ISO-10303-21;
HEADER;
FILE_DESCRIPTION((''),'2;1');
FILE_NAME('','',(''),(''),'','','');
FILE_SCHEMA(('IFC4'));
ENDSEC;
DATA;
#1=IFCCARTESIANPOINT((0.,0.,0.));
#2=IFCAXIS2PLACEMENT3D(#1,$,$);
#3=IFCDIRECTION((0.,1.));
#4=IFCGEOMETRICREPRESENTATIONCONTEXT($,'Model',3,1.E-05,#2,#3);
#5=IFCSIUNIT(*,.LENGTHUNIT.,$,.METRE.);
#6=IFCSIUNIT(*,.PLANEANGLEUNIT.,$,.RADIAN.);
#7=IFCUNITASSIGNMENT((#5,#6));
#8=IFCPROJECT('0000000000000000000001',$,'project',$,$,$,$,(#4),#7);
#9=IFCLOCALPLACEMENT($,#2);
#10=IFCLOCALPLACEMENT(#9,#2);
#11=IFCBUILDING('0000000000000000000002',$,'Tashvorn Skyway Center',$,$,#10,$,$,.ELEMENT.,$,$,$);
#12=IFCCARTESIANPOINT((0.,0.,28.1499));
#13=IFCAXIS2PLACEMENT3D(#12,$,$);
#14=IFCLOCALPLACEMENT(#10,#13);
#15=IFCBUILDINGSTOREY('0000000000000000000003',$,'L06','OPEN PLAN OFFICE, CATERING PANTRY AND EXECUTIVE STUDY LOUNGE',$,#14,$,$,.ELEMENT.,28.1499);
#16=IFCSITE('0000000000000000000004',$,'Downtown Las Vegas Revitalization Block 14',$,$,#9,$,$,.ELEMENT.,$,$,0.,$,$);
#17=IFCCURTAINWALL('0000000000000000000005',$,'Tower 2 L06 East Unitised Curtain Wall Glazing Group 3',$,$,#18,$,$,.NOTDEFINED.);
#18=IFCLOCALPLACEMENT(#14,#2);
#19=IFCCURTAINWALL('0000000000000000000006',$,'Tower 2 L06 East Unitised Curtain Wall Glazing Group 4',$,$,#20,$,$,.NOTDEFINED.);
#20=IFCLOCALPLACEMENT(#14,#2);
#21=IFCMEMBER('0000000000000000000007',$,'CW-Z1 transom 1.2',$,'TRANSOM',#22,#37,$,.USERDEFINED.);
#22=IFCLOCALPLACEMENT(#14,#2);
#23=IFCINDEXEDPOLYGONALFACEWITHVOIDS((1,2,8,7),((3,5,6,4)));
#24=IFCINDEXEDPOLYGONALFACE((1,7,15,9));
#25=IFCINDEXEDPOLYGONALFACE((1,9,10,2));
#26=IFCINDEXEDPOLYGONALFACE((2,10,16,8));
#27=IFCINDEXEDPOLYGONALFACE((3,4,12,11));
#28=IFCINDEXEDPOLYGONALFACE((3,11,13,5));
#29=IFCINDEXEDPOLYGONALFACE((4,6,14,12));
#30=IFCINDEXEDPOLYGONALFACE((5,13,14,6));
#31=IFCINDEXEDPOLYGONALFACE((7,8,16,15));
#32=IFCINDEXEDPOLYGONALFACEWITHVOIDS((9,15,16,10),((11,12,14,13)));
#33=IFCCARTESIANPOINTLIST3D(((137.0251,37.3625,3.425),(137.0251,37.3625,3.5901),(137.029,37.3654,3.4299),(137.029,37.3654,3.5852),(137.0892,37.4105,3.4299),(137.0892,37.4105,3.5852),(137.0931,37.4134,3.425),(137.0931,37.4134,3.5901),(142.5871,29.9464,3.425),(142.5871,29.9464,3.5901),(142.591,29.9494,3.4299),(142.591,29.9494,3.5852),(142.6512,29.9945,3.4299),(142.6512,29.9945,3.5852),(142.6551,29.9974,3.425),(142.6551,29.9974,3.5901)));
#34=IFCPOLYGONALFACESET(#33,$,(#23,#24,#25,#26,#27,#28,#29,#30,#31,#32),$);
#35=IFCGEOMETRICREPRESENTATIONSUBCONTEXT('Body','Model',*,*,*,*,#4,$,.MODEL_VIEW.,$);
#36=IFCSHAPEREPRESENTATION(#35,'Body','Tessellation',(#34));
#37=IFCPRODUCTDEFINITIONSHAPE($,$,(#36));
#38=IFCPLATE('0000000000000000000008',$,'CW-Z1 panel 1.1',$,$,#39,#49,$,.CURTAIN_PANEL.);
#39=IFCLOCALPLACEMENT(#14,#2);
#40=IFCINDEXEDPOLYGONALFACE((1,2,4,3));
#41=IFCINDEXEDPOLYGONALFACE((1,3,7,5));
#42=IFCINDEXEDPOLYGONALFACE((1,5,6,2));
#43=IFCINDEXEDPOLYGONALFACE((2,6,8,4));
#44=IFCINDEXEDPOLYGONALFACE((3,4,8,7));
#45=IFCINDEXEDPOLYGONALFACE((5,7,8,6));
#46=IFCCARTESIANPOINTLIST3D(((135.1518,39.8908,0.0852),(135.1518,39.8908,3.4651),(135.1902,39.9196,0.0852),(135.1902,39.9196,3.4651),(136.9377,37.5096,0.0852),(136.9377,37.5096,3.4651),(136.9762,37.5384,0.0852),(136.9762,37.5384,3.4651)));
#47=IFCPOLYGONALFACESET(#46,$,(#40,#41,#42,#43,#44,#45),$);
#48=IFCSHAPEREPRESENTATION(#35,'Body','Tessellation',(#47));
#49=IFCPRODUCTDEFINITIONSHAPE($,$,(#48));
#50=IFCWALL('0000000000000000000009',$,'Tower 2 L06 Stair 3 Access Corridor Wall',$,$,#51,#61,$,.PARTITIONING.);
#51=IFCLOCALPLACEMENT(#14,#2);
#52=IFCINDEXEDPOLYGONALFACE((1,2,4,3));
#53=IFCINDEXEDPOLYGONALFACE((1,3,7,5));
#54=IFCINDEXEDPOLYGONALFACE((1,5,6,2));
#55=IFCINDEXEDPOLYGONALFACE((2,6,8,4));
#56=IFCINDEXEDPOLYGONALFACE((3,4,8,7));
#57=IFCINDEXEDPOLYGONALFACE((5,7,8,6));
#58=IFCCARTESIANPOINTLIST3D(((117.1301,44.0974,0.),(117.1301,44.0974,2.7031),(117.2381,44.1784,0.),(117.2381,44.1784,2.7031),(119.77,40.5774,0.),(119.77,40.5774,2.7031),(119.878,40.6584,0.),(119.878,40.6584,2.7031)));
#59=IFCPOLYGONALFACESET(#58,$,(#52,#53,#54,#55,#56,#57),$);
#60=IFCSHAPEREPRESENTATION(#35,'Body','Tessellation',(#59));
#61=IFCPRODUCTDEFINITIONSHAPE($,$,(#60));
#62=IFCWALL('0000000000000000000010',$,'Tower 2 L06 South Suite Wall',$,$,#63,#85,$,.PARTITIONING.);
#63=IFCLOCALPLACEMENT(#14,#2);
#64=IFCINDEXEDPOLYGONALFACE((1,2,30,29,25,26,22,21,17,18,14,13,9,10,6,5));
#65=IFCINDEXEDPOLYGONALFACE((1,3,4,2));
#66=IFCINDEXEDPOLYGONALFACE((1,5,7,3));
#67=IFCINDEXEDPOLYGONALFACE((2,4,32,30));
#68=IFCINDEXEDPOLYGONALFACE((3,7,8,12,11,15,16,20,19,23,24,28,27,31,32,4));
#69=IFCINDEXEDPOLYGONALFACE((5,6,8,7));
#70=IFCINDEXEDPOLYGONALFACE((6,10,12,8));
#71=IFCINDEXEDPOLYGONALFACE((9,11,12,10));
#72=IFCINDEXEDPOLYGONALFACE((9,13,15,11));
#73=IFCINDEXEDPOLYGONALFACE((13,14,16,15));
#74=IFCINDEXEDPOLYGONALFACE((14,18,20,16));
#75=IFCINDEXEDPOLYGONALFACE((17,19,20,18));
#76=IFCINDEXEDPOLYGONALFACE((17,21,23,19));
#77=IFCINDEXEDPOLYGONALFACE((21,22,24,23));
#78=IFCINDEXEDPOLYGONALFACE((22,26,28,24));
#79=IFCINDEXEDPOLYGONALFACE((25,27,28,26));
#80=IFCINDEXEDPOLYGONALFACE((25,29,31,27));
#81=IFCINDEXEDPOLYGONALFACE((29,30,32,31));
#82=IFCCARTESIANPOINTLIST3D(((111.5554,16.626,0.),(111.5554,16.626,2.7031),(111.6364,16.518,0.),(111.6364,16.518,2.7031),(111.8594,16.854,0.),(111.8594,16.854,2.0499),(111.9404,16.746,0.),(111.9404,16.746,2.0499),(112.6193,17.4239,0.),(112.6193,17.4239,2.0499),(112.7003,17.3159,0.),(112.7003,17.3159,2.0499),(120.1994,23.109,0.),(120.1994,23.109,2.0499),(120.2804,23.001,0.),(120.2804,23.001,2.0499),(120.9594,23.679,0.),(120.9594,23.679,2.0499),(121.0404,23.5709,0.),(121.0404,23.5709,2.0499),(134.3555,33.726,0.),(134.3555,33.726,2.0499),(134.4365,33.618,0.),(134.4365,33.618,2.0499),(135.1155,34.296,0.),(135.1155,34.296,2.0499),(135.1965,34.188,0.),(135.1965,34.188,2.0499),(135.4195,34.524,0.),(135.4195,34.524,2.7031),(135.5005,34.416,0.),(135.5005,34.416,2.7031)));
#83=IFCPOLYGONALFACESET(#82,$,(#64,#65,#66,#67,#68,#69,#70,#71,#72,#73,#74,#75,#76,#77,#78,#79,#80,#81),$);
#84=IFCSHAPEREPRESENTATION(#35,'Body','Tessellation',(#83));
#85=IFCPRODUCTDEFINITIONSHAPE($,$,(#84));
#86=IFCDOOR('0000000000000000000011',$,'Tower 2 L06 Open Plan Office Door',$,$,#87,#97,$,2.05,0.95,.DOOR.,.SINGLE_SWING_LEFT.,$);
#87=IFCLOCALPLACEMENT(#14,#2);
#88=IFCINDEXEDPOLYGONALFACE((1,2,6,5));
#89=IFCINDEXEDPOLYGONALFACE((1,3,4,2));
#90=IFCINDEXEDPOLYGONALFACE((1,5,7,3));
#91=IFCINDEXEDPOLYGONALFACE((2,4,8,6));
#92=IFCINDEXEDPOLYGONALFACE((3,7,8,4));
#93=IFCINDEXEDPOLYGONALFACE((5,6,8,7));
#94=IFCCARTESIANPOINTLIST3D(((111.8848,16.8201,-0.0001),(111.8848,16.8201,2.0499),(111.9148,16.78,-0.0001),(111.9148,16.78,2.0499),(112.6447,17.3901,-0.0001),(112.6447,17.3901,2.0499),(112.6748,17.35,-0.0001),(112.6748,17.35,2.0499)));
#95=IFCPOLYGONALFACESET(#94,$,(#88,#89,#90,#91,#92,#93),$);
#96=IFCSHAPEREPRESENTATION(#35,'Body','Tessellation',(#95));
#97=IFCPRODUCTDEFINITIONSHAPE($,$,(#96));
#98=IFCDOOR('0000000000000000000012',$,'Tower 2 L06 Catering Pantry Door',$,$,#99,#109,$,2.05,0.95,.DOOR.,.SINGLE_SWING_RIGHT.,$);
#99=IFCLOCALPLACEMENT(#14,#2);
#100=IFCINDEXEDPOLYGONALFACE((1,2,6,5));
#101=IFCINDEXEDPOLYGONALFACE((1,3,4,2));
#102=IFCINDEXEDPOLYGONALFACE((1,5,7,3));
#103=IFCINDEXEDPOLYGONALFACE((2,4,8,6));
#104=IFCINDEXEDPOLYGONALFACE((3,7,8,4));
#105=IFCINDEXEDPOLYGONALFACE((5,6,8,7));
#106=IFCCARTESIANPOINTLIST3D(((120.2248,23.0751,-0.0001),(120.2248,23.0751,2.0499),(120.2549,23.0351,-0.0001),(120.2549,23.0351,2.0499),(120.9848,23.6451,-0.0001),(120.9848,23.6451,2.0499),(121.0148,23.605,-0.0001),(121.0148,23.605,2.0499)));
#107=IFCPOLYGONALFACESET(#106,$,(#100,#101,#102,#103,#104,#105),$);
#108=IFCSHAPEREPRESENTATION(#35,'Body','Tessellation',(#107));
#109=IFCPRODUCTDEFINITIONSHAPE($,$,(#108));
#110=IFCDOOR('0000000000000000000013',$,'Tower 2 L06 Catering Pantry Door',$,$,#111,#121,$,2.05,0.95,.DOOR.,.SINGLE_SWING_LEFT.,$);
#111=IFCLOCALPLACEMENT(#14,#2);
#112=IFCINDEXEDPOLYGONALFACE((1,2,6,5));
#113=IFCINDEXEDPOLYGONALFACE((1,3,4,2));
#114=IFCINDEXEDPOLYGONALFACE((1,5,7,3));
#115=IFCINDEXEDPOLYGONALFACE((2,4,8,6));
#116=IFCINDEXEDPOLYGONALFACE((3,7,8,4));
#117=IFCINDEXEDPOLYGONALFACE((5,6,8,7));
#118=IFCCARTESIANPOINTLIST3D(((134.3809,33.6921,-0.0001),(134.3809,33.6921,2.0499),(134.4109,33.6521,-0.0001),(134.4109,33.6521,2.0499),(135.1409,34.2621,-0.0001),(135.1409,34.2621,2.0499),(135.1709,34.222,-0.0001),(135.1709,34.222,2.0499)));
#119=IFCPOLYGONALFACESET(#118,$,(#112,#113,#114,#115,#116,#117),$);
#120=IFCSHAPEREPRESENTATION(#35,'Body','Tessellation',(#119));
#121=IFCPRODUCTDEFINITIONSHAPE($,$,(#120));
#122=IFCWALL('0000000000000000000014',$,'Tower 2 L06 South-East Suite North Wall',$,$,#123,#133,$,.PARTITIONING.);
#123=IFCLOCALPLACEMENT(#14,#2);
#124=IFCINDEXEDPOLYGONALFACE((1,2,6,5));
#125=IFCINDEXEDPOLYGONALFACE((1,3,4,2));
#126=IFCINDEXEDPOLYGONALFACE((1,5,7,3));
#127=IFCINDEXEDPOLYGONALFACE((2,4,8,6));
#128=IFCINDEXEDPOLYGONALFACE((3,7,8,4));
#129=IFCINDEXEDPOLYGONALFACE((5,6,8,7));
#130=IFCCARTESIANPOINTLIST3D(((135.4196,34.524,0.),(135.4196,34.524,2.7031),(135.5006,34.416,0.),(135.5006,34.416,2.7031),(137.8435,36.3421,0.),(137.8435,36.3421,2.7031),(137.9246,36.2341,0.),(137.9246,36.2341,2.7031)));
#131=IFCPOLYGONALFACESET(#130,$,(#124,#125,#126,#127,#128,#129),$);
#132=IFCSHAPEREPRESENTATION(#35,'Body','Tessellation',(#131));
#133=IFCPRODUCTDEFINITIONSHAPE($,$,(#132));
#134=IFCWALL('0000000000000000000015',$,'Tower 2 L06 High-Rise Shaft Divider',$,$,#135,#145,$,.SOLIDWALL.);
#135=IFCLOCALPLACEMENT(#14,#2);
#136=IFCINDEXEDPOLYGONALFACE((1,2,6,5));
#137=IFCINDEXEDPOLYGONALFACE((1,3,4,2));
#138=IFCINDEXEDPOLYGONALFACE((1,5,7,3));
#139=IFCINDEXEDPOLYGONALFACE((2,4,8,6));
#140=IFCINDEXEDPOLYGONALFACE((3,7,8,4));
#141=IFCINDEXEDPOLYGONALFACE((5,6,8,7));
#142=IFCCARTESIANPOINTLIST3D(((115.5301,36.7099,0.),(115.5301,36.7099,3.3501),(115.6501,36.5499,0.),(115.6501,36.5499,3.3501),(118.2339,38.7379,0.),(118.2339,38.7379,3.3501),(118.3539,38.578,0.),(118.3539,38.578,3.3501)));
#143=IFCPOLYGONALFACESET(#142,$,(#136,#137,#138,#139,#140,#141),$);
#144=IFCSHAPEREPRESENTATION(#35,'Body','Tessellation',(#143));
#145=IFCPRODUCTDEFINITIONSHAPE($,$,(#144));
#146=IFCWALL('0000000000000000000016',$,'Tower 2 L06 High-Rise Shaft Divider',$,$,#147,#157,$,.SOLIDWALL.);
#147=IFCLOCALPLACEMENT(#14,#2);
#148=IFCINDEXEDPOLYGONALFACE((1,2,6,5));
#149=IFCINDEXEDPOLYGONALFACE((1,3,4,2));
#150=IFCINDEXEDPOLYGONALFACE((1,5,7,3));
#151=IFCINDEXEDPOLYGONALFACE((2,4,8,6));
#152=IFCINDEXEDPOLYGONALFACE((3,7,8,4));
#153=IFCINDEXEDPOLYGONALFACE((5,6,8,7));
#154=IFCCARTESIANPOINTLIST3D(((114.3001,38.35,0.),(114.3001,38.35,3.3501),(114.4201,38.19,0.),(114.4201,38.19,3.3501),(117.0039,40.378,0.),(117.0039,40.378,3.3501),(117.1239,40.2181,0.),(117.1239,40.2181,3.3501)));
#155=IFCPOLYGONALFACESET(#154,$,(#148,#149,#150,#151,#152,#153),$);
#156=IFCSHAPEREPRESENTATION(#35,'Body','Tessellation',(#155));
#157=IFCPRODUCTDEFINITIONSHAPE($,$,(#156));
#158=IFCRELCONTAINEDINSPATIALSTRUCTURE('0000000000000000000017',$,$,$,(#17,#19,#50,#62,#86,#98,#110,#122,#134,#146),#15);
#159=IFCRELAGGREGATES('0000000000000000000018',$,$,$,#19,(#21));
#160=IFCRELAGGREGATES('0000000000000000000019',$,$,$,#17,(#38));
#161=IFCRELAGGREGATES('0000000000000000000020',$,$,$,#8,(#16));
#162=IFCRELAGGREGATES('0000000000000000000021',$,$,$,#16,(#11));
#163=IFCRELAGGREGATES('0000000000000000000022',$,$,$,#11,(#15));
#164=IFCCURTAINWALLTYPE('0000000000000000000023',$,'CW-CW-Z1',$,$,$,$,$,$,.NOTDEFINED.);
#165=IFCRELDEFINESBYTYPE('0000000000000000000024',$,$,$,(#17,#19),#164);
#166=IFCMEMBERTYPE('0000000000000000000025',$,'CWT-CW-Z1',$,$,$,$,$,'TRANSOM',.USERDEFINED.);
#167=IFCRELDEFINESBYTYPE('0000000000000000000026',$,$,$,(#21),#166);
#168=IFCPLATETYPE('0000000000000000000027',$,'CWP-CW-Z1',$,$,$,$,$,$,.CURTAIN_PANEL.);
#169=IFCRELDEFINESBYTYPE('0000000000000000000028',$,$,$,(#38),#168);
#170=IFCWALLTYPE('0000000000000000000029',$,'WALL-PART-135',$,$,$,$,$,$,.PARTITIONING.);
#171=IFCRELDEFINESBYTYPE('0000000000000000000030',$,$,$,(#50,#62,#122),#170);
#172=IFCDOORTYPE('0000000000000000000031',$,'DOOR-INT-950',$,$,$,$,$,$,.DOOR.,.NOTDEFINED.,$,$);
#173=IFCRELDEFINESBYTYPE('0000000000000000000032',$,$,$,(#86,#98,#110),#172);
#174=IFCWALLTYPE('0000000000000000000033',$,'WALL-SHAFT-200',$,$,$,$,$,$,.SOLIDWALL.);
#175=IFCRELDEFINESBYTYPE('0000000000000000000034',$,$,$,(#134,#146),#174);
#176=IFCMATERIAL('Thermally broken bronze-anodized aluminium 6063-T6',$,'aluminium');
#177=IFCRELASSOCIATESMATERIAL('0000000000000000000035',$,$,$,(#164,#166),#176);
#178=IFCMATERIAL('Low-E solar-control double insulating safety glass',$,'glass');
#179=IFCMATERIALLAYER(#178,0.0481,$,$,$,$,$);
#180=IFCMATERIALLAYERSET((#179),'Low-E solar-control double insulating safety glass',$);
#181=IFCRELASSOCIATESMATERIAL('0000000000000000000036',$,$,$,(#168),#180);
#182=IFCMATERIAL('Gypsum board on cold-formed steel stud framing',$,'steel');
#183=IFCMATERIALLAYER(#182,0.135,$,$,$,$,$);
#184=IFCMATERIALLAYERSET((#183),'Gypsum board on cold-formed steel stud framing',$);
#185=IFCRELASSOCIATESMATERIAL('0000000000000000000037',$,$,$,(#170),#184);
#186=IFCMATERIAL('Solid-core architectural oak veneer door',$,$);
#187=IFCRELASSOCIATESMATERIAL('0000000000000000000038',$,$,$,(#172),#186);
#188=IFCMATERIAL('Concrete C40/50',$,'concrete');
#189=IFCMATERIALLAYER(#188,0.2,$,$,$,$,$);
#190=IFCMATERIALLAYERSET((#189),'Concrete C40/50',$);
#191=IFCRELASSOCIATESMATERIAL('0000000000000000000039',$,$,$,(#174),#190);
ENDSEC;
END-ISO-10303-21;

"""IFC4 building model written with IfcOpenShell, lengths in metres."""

from ifc_helpers import new_model, si_unit, direction, frame, frame_2d, origin, origin_2d, place, context, subcontext, project, spatial, rectangle, hollow_rectangle, extrude, material, layer, layer_set, material_profile, profile_set, type_object, element, fill, aggregate, save


model = new_model("IFC4")

# Units and contexts
model_context = context("Model", 3, precision=1e-05, world=origin(), true_north=direction((0.0, 1.0)))
body_context = subcontext(model_context, "Body", "Model", "MODEL_VIEW")
ifc_project = project(units=[si_unit("LENGTHUNIT", "METRE"), si_unit("PLANEANGLEUNIT", "RADIAN")], contexts=[model_context])

# Site, building, storey
site_placement = place(None, origin())
site = spatial("IfcSite", under=ifc_project, at=site_placement, Name="Downtown Las Vegas Revitalization Block 14", CompositionType="ELEMENT", RefElevation=0.0)
building_placement = place(site_placement, origin())
building = spatial("IfcBuilding", under=site, at=building_placement, Name="Tashvorn Skyway Center", CompositionType="ELEMENT")
storey_placement = place(building_placement, frame((0.0, 0.0, 28.1499)))
storey = spatial("IfcBuildingStorey", under=building, at=storey_placement, Name="L06", Description="OPEN PLAN OFFICE, CATERING PANTRY AND EXECUTIVE STUDY LOUNGE", CompositionType="ELEMENT", Elevation=28.1499)

# Curtain wall
ifc_material_1 = material(Name="Thermally broken bronze-anodized aluminium 6063-T6", Category="aluminium")
curtain_wall_type = type_object("IfcCurtainWallType", Name="CW-CW-Z1", PredefinedType="NOTDEFINED", material=ifc_material_1)
curtain_wall_1_placement = place(storey_placement, origin())
curtain_wall_1 = element("IfcCurtainWall", 1, at=curtain_wall_1_placement, inside=storey, type_object=curtain_wall_type, Name="Tower 2 L06 East Unitised Curtain Wall Glazing Group 3", PredefinedType="NOTDEFINED")

# Curtain wall
curtain_wall_2_placement = place(storey_placement, origin())
curtain_wall_2 = element("IfcCurtainWall", 2, at=curtain_wall_2_placement, inside=storey, type_object=curtain_wall_type, Name="Tower 2 L06 East Unitised Curtain Wall Glazing Group 4", PredefinedType="NOTDEFINED")

# Member
ifc_material_profile_1 = material_profile(ifc_material_1, hollow_rectangle(XDim=0.085, YDim=0.165, WallThickness=0.0049, at=origin_2d()), Name="ALU-TRAN-85x165")
ifc_profile_set_1 = profile_set([ifc_material_profile_1], Name="Thermally broken bronze-anodized aluminium 6063-T6")
member_type_1 = type_object("IfcMemberType", Name="CWT-CW-Z1", ElementType="TRANSOM", PredefinedType="USERDEFINED", material=ifc_profile_set_1)
member_1_placement = place(storey_placement, frame((137.0591, 37.3879, 3.5076), z_axis=(0.6, -0.8, 0.0), x_axis=(0.8, 0.6, 0.0)))
member_1 = element("IfcMember", 3, at=member_1_placement, type_object=member_type_1, Name="CW-Z1 transom 1.2", ObjectType="TRANSOM", PredefinedType="USERDEFINED", context=body_context, shape_type="SweptSolid", body=[
    extrude(hollow_rectangle(XDim=0.085, YDim=0.165, WallThickness=0.0049, at=origin_2d()), origin(), (0.0, 0.0, 1.0), 9.27),
])
aggregate(curtain_wall_2, [member_1])

# Plate
ifc_material_2 = material(Name="Low-E solar-control double insulating safety glass", Category="glass")
ifc_layer_1 = layer(ifc_material_2, 0.0481)
ifc_layer_set_1 = layer_set([ifc_layer_1], Name="Low-E solar-control double insulating safety glass")
plate_type = type_object("IfcPlateType", Name="CWP-CW-Z1", PredefinedType="CURTAIN_PANEL", material=ifc_layer_set_1)
plate_placement = place(storey_placement, frame((136.064, 38.7146, 0.0852), z_axis=(0.0, 0.0, 1.0), x_axis=(0.600005, -0.799996, 0.0)))
plate = element("IfcPlate", 4, at=plate_placement, type_object=plate_type, Name="CW-Z1 panel 1.1", PredefinedType="CURTAIN_PANEL", context=body_context, shape_type="SweptSolid", body=[
    extrude(rectangle(XDim=2.9766, YDim=0.0481, at=origin_2d()), origin(), (0.0, 0.0, 1.0), 3.3799),
])
aggregate(curtain_wall_1, [plate])

# Wall
ifc_material_3 = material(Name="Gypsum board on cold-formed steel stud framing", Category="steel")
ifc_layer_2 = layer(ifc_material_3, 0.135)
ifc_layer_set_2 = layer_set([ifc_layer_2], Name="Gypsum board on cold-formed steel stud framing")
wall_type_1 = type_object("IfcWallType", Name="WALL-PART-135", PredefinedType="PARTITIONING", material=ifc_layer_set_2)
wall_1_placement = place(storey_placement, frame((119.824, 40.6179, 0.0), z_axis=(0.0, 0.0, 1.0), x_axis=(-0.599982, 0.800013, 0.0)))
element("IfcWall", 5, at=wall_1_placement, inside=storey, type_object=wall_type_1, Name="Tower 2 L06 Stair 3 Access Corridor Wall", PredefinedType="PARTITIONING", context=body_context, shape_type="SweptSolid", body=[
    extrude(rectangle(XDim=4.3999, YDim=0.135, at=frame_2d((2.2, 0.0))), origin(), (0.0, 0.0, 1.0), 2.7031),
])

# Wall, openings, doors
wall_2_placement = place(storey_placement, frame((135.46, 34.47, 0.0), z_axis=(0.0, 0.0, 1.0), x_axis=(-0.800001, -0.599999, 0.0)))
wall_2 = element("IfcWall", 6, at=wall_2_placement, inside=storey, type_object=wall_type_1, Name="Tower 2 L06 South Suite Wall", PredefinedType="PARTITIONING", context=body_context, shape_type="SweptSolid", body=[
    extrude(rectangle(XDim=29.8301, YDim=0.135, at=frame_2d((14.915, 0.0))), origin(), (0.0, 0.0, 1.0), 2.7031),
])
opening_1_placement = place(wall_2_placement, frame((28.5, 0.0, 0.0)))
opening_1 = element("IfcOpeningElement", 7, at=opening_1_placement, cuts=wall_2, PredefinedType="OPENING", context=body_context, shape_type="SweptSolid", body=[
    extrude(rectangle(XDim=0.95, YDim=2.05, at=frame_2d((0.4751, 1.0249))), frame((0.0, 0.0774, 0.0), z_axis=(0.0, -1.0, 0.0), x_axis=(1.0, 0.0, 0.0)), (0.0, 0.0, 1.0), 0.155),
])
opening_2_placement = place(wall_2_placement, frame((18.075, 0.0, 0.0)))
opening_2 = element("IfcOpeningElement", 8, at=opening_2_placement, cuts=wall_2, PredefinedType="OPENING", context=body_context, shape_type="SweptSolid", body=[
    extrude(rectangle(XDim=0.95, YDim=2.05, at=frame_2d((0.4751, 1.0249))), frame((0.0, 0.0774, 0.0), z_axis=(0.0, -1.0, 0.0), x_axis=(1.0, 0.0, 0.0)), (0.0, 0.0, 1.0), 0.155),
])
opening_3_placement = place(wall_2_placement, frame((0.3799, 0.0, 0.0)))
opening_3 = element("IfcOpeningElement", 9, at=opening_3_placement, cuts=wall_2, PredefinedType="OPENING", context=body_context, shape_type="SweptSolid", body=[
    extrude(rectangle(XDim=0.95, YDim=2.05, at=frame_2d((0.4751, 1.0249))), frame((0.0, 0.0774, 0.0), z_axis=(0.0, -1.0, 0.0), x_axis=(1.0, 0.0, 0.0)), (0.0, 0.0, 1.0), 0.155),
])
ifc_material_4 = material(Name="Solid-core architectural oak veneer door")
door_type_1 = type_object("IfcDoorType", Name="DOOR-INT-950", OperationType="NOTDEFINED", PredefinedType="DOOR", material=ifc_material_4)
door_1_placement = place(opening_1_placement, origin())
door_1 = element("IfcDoor", 10, at=door_1_placement, inside=storey, type_object=door_type_1, Name="Tower 2 L06 Open Plan Office Door", OperationType="SINGLE_SWING_LEFT", OverallHeight=2.05, OverallWidth=0.95, PredefinedType="DOOR", context=body_context, shape_type="SweptSolid", body=[
    extrude(rectangle(XDim=0.95, YDim=2.05, at=frame_2d((0.4751, 1.0249))), frame((0.0, 0.0249, 0.0), z_axis=(0.0, -1.0, 0.0), x_axis=(1.0, 0.0, 0.0)), (0.0, 0.0, 1.0), 0.05),
])
fill(opening_1, door_1)
door_2_placement = place(opening_2_placement, origin())
door_2 = element("IfcDoor", 11, at=door_2_placement, inside=storey, type_object=door_type_1, Name="Tower 2 L06 Catering Pantry Door", OperationType="SINGLE_SWING_RIGHT", OverallHeight=2.05, OverallWidth=0.95, PredefinedType="DOOR", context=body_context, shape_type="SweptSolid", body=[
    extrude(rectangle(XDim=0.95, YDim=2.05, at=frame_2d((0.4751, 1.0249))), frame((0.0, 0.0249, 0.0), z_axis=(0.0, -1.0, 0.0), x_axis=(1.0, 0.0, 0.0)), (0.0, 0.0, 1.0), 0.05),
])
fill(opening_2, door_2)
door_3_placement = place(opening_3_placement, origin())
door_3 = element("IfcDoor", 12, at=door_3_placement, inside=storey, type_object=door_type_1, Name="Tower 2 L06 Catering Pantry Door", OperationType="SINGLE_SWING_LEFT", OverallHeight=2.05, OverallWidth=0.95, PredefinedType="DOOR", context=body_context, shape_type="SweptSolid", body=[
    extrude(rectangle(XDim=0.95, YDim=2.05, at=frame_2d((0.4751, 1.0249))), frame((0.0, 0.0249, 0.0), z_axis=(0.0, -1.0, 0.0), x_axis=(1.0, 0.0, 0.0)), (0.0, 0.0, 1.0), 0.05),
])
fill(opening_3, door_3)

# Walls
wall_3_placement = place(storey_placement, frame((135.46, 34.47, 0.0), z_axis=(0.0, 0.0, 1.0), x_axis=(0.79999, 0.600013, 0.0)))
element("IfcWall", 13, at=wall_3_placement, inside=storey, type_object=wall_type_1, Name="Tower 2 L06 South-East Suite North Wall", PredefinedType="PARTITIONING", context=body_context, shape_type="SweptSolid", body=[
    extrude(rectangle(XDim=3.03, YDim=0.135, at=frame_2d((1.5151, 0.0))), origin(), (0.0, 0.0, 1.0), 2.7031),
])
ifc_material_5 = material(Name="Concrete C40/50", Category="concrete")
ifc_layer_3 = layer(ifc_material_5, 0.2)
ifc_layer_set_3 = layer_set([ifc_layer_3], Name="Concrete C40/50")
wall_type_2 = type_object("IfcWallType", Name="WALL-SHAFT-200", PredefinedType="SOLIDWALL", material=ifc_layer_set_3)
for number, where, z_axis, x_axis, name in (
    (14, (115.5901, 36.6299, 0.0), (0.0, 0.0, 1.0), (0.799974, 0.600035, 0.0), "Tower 2 L06 High-Rise Shaft Divider"),
    (15, (114.3601, 38.27, 0.0), (0.0, 0.0, 1.0), (0.799974, 0.600035, 0.0), "Tower 2 L06 High-Rise Shaft Divider"),
):
    element("IfcWall", number, at=place(storey_placement, frame(where, z_axis=z_axis, x_axis=x_axis)), inside=storey, type_object=wall_type_2, Name=name, PredefinedType="SOLIDWALL", context=body_context, shape_type="SweptSolid", body=[
        extrude(rectangle(XDim=3.3799, YDim=0.2, at=frame_2d((1.6899, 0.0))), origin(), (0.0, 0.0, 1.0), 3.3501),
    ])

save(model, "model.ifc")
